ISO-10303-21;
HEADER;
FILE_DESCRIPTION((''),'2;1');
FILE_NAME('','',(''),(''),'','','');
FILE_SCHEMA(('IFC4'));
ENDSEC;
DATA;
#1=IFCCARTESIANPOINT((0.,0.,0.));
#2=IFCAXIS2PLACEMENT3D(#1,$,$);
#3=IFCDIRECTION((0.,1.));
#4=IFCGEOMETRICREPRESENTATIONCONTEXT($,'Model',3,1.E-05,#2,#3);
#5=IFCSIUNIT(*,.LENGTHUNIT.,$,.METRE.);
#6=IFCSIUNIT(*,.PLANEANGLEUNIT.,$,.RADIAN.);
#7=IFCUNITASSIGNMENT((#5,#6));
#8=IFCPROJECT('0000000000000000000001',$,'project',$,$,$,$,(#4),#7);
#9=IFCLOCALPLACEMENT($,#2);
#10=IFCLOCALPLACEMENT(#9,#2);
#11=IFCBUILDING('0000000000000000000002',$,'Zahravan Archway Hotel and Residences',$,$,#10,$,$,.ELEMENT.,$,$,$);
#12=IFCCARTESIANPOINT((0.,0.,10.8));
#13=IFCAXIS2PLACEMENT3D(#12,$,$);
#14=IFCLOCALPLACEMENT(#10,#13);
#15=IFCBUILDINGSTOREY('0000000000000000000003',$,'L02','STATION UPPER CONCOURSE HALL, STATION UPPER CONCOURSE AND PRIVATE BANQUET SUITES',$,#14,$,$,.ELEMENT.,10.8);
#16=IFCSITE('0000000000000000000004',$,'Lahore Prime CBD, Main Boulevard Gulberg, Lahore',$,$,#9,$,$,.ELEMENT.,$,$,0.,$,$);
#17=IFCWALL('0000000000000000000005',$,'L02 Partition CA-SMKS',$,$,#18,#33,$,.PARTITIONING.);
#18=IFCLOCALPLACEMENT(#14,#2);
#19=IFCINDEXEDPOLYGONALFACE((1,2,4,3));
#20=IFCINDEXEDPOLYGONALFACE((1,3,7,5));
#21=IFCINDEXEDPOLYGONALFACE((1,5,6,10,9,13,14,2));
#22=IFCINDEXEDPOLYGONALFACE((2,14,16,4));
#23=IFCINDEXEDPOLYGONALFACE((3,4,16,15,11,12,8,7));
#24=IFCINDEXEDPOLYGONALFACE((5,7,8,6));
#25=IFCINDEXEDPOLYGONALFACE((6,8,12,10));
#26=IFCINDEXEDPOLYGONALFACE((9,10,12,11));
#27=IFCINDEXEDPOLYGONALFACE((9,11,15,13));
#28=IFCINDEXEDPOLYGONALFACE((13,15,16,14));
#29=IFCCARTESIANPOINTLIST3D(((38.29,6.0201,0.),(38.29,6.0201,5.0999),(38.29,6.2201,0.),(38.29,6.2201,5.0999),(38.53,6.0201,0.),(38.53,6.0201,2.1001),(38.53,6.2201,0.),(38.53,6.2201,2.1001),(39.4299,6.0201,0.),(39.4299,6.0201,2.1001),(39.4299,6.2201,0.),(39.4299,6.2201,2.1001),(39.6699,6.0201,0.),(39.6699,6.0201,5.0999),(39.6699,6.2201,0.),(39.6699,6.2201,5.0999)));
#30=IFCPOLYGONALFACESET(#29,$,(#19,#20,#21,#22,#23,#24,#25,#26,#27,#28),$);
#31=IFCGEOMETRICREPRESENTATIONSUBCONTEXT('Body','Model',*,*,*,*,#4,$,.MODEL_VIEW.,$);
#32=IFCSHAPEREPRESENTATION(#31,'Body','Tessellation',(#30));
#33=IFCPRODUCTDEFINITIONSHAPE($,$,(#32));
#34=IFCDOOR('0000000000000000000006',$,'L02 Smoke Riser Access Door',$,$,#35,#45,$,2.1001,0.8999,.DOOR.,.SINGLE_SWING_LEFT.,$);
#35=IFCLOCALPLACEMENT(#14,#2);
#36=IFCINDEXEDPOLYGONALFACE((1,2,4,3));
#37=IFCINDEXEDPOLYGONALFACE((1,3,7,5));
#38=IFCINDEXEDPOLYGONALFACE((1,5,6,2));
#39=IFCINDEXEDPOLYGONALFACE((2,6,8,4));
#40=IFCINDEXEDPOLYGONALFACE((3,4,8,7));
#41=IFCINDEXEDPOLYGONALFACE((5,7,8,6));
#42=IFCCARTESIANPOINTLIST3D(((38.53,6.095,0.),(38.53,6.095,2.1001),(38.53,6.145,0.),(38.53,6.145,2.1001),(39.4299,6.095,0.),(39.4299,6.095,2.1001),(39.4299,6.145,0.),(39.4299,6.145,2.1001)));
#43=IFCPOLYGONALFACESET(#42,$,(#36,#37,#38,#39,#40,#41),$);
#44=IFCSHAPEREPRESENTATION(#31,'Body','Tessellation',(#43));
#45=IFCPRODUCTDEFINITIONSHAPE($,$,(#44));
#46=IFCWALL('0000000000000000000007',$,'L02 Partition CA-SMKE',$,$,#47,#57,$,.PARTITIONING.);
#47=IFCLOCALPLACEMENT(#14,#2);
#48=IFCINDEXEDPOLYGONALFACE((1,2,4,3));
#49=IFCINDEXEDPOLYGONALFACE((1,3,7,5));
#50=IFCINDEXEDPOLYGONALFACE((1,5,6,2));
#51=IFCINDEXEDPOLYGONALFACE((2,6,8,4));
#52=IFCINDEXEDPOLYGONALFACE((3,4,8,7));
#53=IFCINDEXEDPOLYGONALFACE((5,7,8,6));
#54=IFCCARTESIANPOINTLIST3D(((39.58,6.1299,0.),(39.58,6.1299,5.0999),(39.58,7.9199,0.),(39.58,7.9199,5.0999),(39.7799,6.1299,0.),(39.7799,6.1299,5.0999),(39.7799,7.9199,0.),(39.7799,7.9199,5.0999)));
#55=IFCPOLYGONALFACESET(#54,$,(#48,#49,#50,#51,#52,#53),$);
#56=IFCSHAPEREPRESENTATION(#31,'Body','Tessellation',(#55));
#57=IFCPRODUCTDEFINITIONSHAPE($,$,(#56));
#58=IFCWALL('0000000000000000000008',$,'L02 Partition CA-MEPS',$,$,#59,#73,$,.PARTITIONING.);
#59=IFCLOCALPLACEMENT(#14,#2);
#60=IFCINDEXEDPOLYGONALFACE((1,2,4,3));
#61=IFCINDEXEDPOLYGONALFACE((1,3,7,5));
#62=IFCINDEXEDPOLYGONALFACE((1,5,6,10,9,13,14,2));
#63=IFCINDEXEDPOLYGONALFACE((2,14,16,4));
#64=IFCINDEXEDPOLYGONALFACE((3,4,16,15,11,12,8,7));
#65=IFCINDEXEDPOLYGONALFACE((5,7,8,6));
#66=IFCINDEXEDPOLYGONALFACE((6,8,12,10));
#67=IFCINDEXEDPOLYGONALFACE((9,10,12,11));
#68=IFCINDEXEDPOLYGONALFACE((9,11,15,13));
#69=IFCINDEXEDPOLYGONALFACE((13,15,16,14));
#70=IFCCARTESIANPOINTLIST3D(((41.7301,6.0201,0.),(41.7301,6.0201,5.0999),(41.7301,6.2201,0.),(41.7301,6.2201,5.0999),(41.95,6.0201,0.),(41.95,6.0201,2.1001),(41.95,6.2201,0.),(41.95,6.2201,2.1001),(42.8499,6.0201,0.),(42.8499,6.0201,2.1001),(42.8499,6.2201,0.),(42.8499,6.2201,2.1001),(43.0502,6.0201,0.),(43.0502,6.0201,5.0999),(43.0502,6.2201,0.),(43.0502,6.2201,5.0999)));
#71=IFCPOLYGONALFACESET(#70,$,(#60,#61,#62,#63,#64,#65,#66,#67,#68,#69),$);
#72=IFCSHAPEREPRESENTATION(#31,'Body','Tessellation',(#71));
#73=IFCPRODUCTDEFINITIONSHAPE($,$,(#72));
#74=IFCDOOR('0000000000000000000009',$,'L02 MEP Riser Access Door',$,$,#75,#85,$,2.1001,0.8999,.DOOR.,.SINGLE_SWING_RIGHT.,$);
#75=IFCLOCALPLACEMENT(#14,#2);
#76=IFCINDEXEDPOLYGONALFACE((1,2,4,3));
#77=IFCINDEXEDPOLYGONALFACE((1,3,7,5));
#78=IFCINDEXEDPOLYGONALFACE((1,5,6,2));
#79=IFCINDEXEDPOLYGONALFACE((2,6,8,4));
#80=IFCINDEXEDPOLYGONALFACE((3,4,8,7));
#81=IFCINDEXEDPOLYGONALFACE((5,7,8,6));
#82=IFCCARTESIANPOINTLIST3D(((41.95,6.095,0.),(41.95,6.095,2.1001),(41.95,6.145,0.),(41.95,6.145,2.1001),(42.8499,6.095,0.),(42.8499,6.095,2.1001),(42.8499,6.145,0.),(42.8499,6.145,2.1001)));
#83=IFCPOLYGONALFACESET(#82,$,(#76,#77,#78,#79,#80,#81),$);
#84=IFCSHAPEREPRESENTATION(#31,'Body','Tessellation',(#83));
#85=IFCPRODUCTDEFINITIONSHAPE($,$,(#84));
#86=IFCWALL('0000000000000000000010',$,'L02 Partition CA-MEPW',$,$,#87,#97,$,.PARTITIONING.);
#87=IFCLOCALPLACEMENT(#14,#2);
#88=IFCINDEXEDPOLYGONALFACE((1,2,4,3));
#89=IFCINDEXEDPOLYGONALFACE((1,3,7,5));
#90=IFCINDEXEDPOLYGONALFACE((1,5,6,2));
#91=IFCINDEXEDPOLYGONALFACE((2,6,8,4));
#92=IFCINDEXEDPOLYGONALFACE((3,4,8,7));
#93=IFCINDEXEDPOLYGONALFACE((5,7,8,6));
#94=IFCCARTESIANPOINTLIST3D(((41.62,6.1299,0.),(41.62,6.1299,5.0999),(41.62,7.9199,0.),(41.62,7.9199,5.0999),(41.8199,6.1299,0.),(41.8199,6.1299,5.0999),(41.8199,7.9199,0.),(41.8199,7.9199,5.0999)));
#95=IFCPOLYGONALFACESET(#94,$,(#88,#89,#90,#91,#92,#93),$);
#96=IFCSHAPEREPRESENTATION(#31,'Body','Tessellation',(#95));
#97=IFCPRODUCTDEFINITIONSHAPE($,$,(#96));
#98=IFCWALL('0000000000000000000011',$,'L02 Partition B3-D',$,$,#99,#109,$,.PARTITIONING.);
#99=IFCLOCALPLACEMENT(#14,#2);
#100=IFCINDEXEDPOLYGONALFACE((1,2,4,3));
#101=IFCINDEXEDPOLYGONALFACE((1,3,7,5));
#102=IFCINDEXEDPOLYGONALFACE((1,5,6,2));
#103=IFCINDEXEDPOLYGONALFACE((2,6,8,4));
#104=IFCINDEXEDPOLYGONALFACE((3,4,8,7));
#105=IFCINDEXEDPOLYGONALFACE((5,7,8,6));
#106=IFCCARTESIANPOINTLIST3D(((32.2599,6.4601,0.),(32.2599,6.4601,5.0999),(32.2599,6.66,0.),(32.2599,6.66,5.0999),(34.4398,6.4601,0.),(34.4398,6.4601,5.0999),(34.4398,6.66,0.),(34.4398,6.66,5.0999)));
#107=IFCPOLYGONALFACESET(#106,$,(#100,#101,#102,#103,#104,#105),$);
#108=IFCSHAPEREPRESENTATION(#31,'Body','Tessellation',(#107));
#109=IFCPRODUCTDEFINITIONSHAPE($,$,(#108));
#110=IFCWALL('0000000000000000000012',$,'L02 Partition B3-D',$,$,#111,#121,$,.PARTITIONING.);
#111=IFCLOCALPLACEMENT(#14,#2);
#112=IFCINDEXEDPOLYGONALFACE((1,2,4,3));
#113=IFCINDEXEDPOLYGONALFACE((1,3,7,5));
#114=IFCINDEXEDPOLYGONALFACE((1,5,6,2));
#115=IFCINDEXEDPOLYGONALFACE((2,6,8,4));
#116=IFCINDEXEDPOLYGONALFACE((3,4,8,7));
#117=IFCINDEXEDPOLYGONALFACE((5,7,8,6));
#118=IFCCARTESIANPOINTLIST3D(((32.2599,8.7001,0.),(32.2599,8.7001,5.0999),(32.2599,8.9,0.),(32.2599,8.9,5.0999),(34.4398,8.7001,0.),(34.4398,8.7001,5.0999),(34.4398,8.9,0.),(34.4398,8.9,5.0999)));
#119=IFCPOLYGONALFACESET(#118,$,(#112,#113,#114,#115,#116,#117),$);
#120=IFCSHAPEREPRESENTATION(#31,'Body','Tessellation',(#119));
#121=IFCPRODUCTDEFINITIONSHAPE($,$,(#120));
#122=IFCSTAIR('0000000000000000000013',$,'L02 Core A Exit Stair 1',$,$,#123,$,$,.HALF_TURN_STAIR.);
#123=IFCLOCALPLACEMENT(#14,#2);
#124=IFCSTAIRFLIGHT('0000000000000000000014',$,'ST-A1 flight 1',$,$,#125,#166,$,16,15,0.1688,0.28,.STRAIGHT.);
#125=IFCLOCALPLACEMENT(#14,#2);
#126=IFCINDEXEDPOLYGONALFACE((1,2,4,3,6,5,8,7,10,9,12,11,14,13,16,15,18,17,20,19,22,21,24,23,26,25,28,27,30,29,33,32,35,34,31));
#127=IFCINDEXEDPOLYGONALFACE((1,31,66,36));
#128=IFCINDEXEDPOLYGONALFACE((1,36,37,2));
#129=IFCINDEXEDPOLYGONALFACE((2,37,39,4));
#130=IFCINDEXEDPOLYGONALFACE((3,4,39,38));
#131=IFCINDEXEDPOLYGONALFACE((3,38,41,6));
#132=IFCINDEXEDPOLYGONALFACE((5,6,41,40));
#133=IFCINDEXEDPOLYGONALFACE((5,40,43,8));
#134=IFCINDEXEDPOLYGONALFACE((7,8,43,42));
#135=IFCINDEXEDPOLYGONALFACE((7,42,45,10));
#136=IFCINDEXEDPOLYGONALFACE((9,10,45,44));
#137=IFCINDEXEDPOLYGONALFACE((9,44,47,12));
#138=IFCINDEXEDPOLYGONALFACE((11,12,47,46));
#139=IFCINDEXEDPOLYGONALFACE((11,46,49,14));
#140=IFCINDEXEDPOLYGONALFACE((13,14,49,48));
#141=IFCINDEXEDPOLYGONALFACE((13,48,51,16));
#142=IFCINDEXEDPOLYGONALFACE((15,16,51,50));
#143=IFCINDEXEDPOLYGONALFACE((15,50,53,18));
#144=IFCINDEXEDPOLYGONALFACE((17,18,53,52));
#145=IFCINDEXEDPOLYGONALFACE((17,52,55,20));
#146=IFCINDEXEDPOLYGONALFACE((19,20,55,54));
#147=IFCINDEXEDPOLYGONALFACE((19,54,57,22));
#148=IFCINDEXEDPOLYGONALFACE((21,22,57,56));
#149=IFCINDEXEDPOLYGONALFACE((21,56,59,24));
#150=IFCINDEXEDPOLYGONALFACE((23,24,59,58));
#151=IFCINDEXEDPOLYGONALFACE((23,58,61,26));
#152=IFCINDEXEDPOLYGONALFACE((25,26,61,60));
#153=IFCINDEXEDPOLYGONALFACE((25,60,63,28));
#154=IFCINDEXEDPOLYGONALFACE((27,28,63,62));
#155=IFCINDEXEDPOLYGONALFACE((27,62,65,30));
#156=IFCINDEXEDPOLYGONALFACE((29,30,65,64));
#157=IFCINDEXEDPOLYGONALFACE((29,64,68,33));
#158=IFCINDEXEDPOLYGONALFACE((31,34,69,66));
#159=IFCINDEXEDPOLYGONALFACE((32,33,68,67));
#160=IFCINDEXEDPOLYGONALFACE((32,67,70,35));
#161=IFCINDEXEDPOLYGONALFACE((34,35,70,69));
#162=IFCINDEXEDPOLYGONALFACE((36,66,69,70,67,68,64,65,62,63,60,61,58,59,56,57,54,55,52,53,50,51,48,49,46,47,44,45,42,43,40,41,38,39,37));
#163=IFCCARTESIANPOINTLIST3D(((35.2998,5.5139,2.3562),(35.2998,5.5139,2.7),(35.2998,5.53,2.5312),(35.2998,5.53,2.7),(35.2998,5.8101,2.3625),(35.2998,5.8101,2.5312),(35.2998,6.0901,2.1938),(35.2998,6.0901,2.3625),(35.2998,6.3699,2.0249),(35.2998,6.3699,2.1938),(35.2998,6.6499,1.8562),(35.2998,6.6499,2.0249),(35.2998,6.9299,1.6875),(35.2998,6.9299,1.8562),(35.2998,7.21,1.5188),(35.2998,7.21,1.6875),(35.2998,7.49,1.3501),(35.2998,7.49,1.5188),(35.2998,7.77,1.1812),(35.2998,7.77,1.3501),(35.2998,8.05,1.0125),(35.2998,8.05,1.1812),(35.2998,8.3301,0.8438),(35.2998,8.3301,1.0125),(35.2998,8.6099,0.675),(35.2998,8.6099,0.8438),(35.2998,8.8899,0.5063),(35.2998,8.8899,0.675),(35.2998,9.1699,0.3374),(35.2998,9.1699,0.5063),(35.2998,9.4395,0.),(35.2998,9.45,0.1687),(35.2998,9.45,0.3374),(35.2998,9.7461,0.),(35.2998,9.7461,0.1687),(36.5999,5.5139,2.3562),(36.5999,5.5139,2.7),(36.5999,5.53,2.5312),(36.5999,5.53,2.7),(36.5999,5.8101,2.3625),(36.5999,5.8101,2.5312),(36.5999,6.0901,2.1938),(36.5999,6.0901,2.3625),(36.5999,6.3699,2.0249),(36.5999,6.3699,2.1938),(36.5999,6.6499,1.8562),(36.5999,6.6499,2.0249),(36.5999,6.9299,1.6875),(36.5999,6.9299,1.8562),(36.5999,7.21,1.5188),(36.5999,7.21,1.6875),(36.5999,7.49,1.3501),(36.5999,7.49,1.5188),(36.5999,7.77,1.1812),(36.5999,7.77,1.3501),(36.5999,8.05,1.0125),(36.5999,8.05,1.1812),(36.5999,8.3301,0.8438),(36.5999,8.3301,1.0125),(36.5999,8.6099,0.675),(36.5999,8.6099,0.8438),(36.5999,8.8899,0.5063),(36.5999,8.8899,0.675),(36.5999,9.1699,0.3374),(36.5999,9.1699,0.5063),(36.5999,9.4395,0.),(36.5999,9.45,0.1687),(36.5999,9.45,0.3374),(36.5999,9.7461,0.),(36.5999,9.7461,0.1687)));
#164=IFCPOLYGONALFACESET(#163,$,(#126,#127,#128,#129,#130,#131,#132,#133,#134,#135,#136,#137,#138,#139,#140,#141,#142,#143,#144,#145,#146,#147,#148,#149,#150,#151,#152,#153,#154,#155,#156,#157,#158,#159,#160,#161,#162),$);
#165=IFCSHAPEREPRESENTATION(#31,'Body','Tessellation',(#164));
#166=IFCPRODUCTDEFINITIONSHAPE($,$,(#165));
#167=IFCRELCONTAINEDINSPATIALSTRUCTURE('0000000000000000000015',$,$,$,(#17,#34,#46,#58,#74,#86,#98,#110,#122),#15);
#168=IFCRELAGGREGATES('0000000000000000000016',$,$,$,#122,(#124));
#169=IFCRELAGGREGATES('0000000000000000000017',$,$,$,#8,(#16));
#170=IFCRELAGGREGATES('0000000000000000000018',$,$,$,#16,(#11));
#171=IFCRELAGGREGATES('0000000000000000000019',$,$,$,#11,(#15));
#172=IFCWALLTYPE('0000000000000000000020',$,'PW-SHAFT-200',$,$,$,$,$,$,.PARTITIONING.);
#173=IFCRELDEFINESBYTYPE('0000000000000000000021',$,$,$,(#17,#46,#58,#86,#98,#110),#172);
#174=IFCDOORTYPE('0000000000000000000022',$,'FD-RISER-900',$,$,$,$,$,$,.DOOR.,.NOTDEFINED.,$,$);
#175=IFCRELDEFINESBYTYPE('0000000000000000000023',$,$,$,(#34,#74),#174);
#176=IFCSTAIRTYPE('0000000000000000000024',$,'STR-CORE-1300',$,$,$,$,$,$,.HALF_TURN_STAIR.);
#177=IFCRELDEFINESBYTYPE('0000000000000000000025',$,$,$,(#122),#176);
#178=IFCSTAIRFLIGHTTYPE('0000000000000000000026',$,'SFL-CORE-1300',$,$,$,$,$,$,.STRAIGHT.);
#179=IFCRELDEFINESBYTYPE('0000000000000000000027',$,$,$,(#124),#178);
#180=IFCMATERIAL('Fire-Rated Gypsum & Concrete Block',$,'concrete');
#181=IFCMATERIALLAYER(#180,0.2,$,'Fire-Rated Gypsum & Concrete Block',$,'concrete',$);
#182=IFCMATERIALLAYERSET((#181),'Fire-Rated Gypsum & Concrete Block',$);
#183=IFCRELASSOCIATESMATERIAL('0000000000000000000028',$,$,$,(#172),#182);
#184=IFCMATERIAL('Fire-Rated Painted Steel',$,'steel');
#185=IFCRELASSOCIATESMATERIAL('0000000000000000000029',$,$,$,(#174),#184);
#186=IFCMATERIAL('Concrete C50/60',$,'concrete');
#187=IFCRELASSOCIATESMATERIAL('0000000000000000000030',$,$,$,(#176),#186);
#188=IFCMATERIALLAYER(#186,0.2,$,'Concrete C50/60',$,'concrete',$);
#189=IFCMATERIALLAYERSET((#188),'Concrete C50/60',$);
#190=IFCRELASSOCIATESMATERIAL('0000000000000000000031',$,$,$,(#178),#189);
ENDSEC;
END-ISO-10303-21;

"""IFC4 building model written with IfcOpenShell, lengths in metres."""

from ifc_helpers import new_model, si_unit, direction, frame, frame_2d, origin, place, context, subcontext, project, spatial, polyline, rectangle, outline, extrude, source, transform, mapped, material, layer, layer_set, type_object, type_shapes, element, fill, aggregate, save


model = new_model("IFC4")

# Units and contexts
model_context = context("Model", 3, precision=1e-05, world=origin(), true_north=direction((0.0, 1.0)))
body_context = subcontext(model_context, "Body", "Model", "MODEL_VIEW")
ifc_project = project(units=[si_unit("LENGTHUNIT", "METRE"), si_unit("PLANEANGLEUNIT", "RADIAN")], contexts=[model_context])

# Site, building, storey
site_placement = place(None, origin())
site = spatial("IfcSite", under=ifc_project, at=site_placement, Name="Lahore Prime CBD, Main Boulevard Gulberg, Lahore", CompositionType="ELEMENT", RefElevation=0.0)
building_placement = place(site_placement, origin())
building = spatial("IfcBuilding", under=site, at=building_placement, Name="Zahravan Archway Hotel and Residences", CompositionType="ELEMENT")
storey_placement = place(building_placement, frame((0.0, 0.0, 10.8)))
storey = spatial("IfcBuildingStorey", under=building, at=storey_placement, Name="L02", Description="STATION UPPER CONCOURSE HALL, STATION UPPER CONCOURSE AND PRIVATE BANQUET SUITES", CompositionType="ELEMENT", Elevation=10.8)

# Shared definitions
ifc_material_1 = material(Name="Fire-Rated Gypsum & Concrete Block", Category="concrete")
ifc_layer_1 = layer(ifc_material_1, 0.2, Name="Fire-Rated Gypsum & Concrete Block", Category="concrete")
ifc_layer_set_1 = layer_set([ifc_layer_1], Name="Fire-Rated Gypsum & Concrete Block")
wall_type = type_object("IfcWallType", Name="PW-SHAFT-200", PredefinedType="PARTITIONING", material=ifc_layer_set_1)

# Wall, opening, door
wall_1_placement = place(storey_placement, frame((38.29, 6.1201, 0.0), z_axis=(0.0, 0.0, 1.0), x_axis=(1.0, 0.0, 0.0)))
wall_1 = element("IfcWall", 1, at=wall_1_placement, inside=storey, type_object=wall_type, Name="L02 Partition CA-SMKS", PredefinedType="PARTITIONING", context=body_context, shape_type="SweptSolid", body=[
    extrude(rectangle(XDim=1.3799, YDim=0.2, at=frame_2d((0.6899, 0.0))), origin(), (0.0, 0.0, 1.0), 5.0999),
])
opening_1_placement = place(wall_1_placement, frame((0.24, 0.0, 0.0)))
opening_1 = element("IfcOpeningElement", 2, at=opening_1_placement, cuts=wall_1, PredefinedType="OPENING", context=body_context, shape_type="SweptSolid", body=[
    extrude(rectangle(XDim=0.8999, YDim=2.1001, at=frame_2d((0.45, 1.05))), frame((0.0, 0.1099, 0.0), z_axis=(0.0, -1.0, 0.0), x_axis=(1.0, 0.0, 0.0)), (0.0, 0.0, 1.0), 0.22),
])
ifc_material_2 = material(Name="Fire-Rated Painted Steel", Category="steel")
door_type = type_object("IfcDoorType", Name="FD-RISER-900", OperationType="NOTDEFINED", PredefinedType="DOOR", material=ifc_material_2)
shared_shape_1 = source(origin(), body_context, "Body", "SweptSolid", [
    extrude(rectangle(XDim=0.8999, YDim=2.1001, at=frame_2d((0.45, 1.05))), frame((0.0, 0.0249, 0.0), z_axis=(0.0, -1.0, 0.0), x_axis=(1.0, 0.0, 0.0)), (0.0, 0.0, 1.0), 0.05),
])
type_shapes(door_type, [shared_shape_1])
door_1_placement = place(opening_1_placement, origin())
door_1 = element("IfcDoor", 3, at=door_1_placement, inside=storey, type_object=door_type, Name="L02 Smoke Riser Access Door", OperationType="SINGLE_SWING_LEFT", OverallHeight=2.1001, OverallWidth=0.8999, PredefinedType="DOOR", context=body_context, shape_type="MappedRepresentation", body=[
    mapped(shared_shape_1, transform((0.0, 0.0, 0.0), scale=1.0)),
])
fill(opening_1, door_1)

# Wall
wall_2_placement = place(storey_placement, frame((39.6799, 6.1299, 0.0), z_axis=(0.0, 0.0, 1.0), x_axis=(0.0, 1.0, 0.0)))
element("IfcWall", 4, at=wall_2_placement, inside=storey, type_object=wall_type, Name="L02 Partition CA-SMKE", PredefinedType="PARTITIONING", context=body_context, shape_type="SweptSolid", body=[
    extrude(rectangle(XDim=1.79, YDim=0.2, at=frame_2d((0.895, 0.0))), origin(), (0.0, 0.0, 1.0), 5.0999),
])

# Wall, opening, door
wall_3_placement = place(storey_placement, frame((41.73, 6.1201, 0.0), z_axis=(0.0, 0.0, 1.0), x_axis=(1.0, 0.0, 0.0)))
wall_3 = element("IfcWall", 5, at=wall_3_placement, inside=storey, type_object=wall_type, Name="L02 Partition CA-MEPS", PredefinedType="PARTITIONING", context=body_context, shape_type="SweptSolid", body=[
    extrude(rectangle(XDim=1.3201, YDim=0.2, at=frame_2d((0.6602, 0.0))), origin(), (0.0, 0.0, 1.0), 5.0999),
])
opening_2_placement = place(wall_3_placement, frame((0.22, 0.0, 0.0)))
opening_2 = element("IfcOpeningElement", 6, at=opening_2_placement, cuts=wall_3, PredefinedType="OPENING", context=body_context, shape_type="SweptSolid", body=[
    extrude(rectangle(XDim=0.8999, YDim=2.1001, at=frame_2d((0.45, 1.05))), frame((0.0, 0.1099, 0.0), z_axis=(0.0, -1.0, 0.0), x_axis=(1.0, 0.0, 0.0)), (0.0, 0.0, 1.0), 0.22),
])
door_2_placement = place(opening_2_placement, origin())
door_2 = element("IfcDoor", 7, at=door_2_placement, inside=storey, type_object=door_type, Name="L02 MEP Riser Access Door", OperationType="SINGLE_SWING_RIGHT", OverallHeight=2.1001, OverallWidth=0.8999, PredefinedType="DOOR", context=body_context, shape_type="MappedRepresentation", body=[
    mapped(shared_shape_1, transform((0.0, 0.0, 0.0), scale=1.0)),
])
fill(opening_2, door_2)

# Walls
wall_4_placement = place(storey_placement, frame((41.72, 6.1299, 0.0), z_axis=(0.0, 0.0, 1.0), x_axis=(0.0, 1.0, 0.0)))
element("IfcWall", 8, at=wall_4_placement, inside=storey, type_object=wall_type, Name="L02 Partition CA-MEPW", PredefinedType="PARTITIONING", context=body_context, shape_type="SweptSolid", body=[
    extrude(rectangle(XDim=1.79, YDim=0.2, at=frame_2d((0.895, 0.0))), origin(), (0.0, 0.0, 1.0), 5.0999),
])
for number, where, z_axis, x_axis, name in (
    (9, (32.26, 6.5601, 0.0), (0.0, 0.0, 1.0), (1.0, 0.0, 0.0), "L02 Partition B3-D"),
    (10, (32.26, 8.8, 0.0), (0.0, 0.0, 1.0), (1.0, 0.0, 0.0), "L02 Partition B3-D"),
):
    element("IfcWall", number, at=place(storey_placement, frame(where, z_axis=z_axis, x_axis=x_axis)), inside=storey, type_object=wall_type, Name=name, PredefinedType="PARTITIONING", context=body_context, shape_type="SweptSolid", body=[
        extrude(rectangle(XDim=2.1799, YDim=0.2, at=frame_2d((1.0898, 0.0))), origin(), (0.0, 0.0, 1.0), 5.0999),
    ])

# Stair, stair flight
ifc_material_3 = material(Name="Concrete C50/60", Category="concrete")
stair_type = type_object("IfcStairType", Name="STR-CORE-1300", PredefinedType="HALF_TURN_STAIR", material=ifc_material_3)
stair_placement = place(storey_placement, origin())
stair = element("IfcStair", 11, at=stair_placement, inside=storey, type_object=stair_type, Name="L02 Core A Exit Stair 1", PredefinedType="HALF_TURN_STAIR")
ifc_layer_2 = layer(ifc_material_3, 0.2, Name="Concrete C50/60", Category="concrete")
ifc_layer_set_2 = layer_set([ifc_layer_2], Name="Concrete C50/60")
stair_flight_type = type_object("IfcStairFlightType", Name="SFL-CORE-1300", PredefinedType="STRAIGHT", material=ifc_layer_set_2)
shared_shape_2 = source(origin(), body_context, "Body", "SweptSolid", [
    extrude(outline(polyline([(-0.0161, 0.0), (-0.0161, 0.1687), (0.28, 0.1687), (0.28, 0.3374), (0.5601, 0.3374), (0.5601, 0.5063), (0.8401, 0.5063), (0.8401, 0.675), (1.1201, 0.675), (1.1201, 0.8438), (1.3999, 0.8438), (1.3999, 1.0125), (1.6799, 1.0125), (1.6799, 1.1812), (1.96, 1.1812), (1.96, 1.3501), (2.24, 1.3501), (2.24, 1.5188), (2.52, 1.5188), (2.52, 1.6875), (2.8, 1.6875), (2.8, 1.8562), (3.0801, 1.8562), (3.0801, 2.0249), (3.3601, 2.0249), (3.3601, 2.1938), (3.6399, 2.1938), (3.6399, 2.3625), (3.9199, 2.3625), (3.9199, 2.5312), (4.2, 2.5312), (4.2, 2.7), (4.2161, 2.7), (4.2161, 2.3562), (0.2905, 0.0), (-0.0161, 0.0)])), frame((0.0, 0.6499, 0.0), z_axis=(0.0, -1.0, 0.0), x_axis=(1.0, 0.0, 0.0)), (0.0, 0.0, 1.0), 1.3),
])
stair_flight_placement = place(storey_placement, frame((35.95, 9.73, 0.0), z_axis=(0.0, 0.0, 1.0), x_axis=(0.0, -1.0, 0.0)))
stair_flight = element("IfcStairFlight", 12, at=stair_flight_placement, type_object=stair_flight_type, Name="ST-A1 flight 1", NumberOfRisers=16, NumberOfTreads=15, PredefinedType="STRAIGHT", RiserHeight=0.1688, TreadLength=0.28, context=body_context, shape_type="MappedRepresentation", body=[
    mapped(shared_shape_2, transform((0.0, 0.0, 0.0), scale=1.0)),
])
aggregate(stair, [stair_flight])

save(model, "model.ifc")
